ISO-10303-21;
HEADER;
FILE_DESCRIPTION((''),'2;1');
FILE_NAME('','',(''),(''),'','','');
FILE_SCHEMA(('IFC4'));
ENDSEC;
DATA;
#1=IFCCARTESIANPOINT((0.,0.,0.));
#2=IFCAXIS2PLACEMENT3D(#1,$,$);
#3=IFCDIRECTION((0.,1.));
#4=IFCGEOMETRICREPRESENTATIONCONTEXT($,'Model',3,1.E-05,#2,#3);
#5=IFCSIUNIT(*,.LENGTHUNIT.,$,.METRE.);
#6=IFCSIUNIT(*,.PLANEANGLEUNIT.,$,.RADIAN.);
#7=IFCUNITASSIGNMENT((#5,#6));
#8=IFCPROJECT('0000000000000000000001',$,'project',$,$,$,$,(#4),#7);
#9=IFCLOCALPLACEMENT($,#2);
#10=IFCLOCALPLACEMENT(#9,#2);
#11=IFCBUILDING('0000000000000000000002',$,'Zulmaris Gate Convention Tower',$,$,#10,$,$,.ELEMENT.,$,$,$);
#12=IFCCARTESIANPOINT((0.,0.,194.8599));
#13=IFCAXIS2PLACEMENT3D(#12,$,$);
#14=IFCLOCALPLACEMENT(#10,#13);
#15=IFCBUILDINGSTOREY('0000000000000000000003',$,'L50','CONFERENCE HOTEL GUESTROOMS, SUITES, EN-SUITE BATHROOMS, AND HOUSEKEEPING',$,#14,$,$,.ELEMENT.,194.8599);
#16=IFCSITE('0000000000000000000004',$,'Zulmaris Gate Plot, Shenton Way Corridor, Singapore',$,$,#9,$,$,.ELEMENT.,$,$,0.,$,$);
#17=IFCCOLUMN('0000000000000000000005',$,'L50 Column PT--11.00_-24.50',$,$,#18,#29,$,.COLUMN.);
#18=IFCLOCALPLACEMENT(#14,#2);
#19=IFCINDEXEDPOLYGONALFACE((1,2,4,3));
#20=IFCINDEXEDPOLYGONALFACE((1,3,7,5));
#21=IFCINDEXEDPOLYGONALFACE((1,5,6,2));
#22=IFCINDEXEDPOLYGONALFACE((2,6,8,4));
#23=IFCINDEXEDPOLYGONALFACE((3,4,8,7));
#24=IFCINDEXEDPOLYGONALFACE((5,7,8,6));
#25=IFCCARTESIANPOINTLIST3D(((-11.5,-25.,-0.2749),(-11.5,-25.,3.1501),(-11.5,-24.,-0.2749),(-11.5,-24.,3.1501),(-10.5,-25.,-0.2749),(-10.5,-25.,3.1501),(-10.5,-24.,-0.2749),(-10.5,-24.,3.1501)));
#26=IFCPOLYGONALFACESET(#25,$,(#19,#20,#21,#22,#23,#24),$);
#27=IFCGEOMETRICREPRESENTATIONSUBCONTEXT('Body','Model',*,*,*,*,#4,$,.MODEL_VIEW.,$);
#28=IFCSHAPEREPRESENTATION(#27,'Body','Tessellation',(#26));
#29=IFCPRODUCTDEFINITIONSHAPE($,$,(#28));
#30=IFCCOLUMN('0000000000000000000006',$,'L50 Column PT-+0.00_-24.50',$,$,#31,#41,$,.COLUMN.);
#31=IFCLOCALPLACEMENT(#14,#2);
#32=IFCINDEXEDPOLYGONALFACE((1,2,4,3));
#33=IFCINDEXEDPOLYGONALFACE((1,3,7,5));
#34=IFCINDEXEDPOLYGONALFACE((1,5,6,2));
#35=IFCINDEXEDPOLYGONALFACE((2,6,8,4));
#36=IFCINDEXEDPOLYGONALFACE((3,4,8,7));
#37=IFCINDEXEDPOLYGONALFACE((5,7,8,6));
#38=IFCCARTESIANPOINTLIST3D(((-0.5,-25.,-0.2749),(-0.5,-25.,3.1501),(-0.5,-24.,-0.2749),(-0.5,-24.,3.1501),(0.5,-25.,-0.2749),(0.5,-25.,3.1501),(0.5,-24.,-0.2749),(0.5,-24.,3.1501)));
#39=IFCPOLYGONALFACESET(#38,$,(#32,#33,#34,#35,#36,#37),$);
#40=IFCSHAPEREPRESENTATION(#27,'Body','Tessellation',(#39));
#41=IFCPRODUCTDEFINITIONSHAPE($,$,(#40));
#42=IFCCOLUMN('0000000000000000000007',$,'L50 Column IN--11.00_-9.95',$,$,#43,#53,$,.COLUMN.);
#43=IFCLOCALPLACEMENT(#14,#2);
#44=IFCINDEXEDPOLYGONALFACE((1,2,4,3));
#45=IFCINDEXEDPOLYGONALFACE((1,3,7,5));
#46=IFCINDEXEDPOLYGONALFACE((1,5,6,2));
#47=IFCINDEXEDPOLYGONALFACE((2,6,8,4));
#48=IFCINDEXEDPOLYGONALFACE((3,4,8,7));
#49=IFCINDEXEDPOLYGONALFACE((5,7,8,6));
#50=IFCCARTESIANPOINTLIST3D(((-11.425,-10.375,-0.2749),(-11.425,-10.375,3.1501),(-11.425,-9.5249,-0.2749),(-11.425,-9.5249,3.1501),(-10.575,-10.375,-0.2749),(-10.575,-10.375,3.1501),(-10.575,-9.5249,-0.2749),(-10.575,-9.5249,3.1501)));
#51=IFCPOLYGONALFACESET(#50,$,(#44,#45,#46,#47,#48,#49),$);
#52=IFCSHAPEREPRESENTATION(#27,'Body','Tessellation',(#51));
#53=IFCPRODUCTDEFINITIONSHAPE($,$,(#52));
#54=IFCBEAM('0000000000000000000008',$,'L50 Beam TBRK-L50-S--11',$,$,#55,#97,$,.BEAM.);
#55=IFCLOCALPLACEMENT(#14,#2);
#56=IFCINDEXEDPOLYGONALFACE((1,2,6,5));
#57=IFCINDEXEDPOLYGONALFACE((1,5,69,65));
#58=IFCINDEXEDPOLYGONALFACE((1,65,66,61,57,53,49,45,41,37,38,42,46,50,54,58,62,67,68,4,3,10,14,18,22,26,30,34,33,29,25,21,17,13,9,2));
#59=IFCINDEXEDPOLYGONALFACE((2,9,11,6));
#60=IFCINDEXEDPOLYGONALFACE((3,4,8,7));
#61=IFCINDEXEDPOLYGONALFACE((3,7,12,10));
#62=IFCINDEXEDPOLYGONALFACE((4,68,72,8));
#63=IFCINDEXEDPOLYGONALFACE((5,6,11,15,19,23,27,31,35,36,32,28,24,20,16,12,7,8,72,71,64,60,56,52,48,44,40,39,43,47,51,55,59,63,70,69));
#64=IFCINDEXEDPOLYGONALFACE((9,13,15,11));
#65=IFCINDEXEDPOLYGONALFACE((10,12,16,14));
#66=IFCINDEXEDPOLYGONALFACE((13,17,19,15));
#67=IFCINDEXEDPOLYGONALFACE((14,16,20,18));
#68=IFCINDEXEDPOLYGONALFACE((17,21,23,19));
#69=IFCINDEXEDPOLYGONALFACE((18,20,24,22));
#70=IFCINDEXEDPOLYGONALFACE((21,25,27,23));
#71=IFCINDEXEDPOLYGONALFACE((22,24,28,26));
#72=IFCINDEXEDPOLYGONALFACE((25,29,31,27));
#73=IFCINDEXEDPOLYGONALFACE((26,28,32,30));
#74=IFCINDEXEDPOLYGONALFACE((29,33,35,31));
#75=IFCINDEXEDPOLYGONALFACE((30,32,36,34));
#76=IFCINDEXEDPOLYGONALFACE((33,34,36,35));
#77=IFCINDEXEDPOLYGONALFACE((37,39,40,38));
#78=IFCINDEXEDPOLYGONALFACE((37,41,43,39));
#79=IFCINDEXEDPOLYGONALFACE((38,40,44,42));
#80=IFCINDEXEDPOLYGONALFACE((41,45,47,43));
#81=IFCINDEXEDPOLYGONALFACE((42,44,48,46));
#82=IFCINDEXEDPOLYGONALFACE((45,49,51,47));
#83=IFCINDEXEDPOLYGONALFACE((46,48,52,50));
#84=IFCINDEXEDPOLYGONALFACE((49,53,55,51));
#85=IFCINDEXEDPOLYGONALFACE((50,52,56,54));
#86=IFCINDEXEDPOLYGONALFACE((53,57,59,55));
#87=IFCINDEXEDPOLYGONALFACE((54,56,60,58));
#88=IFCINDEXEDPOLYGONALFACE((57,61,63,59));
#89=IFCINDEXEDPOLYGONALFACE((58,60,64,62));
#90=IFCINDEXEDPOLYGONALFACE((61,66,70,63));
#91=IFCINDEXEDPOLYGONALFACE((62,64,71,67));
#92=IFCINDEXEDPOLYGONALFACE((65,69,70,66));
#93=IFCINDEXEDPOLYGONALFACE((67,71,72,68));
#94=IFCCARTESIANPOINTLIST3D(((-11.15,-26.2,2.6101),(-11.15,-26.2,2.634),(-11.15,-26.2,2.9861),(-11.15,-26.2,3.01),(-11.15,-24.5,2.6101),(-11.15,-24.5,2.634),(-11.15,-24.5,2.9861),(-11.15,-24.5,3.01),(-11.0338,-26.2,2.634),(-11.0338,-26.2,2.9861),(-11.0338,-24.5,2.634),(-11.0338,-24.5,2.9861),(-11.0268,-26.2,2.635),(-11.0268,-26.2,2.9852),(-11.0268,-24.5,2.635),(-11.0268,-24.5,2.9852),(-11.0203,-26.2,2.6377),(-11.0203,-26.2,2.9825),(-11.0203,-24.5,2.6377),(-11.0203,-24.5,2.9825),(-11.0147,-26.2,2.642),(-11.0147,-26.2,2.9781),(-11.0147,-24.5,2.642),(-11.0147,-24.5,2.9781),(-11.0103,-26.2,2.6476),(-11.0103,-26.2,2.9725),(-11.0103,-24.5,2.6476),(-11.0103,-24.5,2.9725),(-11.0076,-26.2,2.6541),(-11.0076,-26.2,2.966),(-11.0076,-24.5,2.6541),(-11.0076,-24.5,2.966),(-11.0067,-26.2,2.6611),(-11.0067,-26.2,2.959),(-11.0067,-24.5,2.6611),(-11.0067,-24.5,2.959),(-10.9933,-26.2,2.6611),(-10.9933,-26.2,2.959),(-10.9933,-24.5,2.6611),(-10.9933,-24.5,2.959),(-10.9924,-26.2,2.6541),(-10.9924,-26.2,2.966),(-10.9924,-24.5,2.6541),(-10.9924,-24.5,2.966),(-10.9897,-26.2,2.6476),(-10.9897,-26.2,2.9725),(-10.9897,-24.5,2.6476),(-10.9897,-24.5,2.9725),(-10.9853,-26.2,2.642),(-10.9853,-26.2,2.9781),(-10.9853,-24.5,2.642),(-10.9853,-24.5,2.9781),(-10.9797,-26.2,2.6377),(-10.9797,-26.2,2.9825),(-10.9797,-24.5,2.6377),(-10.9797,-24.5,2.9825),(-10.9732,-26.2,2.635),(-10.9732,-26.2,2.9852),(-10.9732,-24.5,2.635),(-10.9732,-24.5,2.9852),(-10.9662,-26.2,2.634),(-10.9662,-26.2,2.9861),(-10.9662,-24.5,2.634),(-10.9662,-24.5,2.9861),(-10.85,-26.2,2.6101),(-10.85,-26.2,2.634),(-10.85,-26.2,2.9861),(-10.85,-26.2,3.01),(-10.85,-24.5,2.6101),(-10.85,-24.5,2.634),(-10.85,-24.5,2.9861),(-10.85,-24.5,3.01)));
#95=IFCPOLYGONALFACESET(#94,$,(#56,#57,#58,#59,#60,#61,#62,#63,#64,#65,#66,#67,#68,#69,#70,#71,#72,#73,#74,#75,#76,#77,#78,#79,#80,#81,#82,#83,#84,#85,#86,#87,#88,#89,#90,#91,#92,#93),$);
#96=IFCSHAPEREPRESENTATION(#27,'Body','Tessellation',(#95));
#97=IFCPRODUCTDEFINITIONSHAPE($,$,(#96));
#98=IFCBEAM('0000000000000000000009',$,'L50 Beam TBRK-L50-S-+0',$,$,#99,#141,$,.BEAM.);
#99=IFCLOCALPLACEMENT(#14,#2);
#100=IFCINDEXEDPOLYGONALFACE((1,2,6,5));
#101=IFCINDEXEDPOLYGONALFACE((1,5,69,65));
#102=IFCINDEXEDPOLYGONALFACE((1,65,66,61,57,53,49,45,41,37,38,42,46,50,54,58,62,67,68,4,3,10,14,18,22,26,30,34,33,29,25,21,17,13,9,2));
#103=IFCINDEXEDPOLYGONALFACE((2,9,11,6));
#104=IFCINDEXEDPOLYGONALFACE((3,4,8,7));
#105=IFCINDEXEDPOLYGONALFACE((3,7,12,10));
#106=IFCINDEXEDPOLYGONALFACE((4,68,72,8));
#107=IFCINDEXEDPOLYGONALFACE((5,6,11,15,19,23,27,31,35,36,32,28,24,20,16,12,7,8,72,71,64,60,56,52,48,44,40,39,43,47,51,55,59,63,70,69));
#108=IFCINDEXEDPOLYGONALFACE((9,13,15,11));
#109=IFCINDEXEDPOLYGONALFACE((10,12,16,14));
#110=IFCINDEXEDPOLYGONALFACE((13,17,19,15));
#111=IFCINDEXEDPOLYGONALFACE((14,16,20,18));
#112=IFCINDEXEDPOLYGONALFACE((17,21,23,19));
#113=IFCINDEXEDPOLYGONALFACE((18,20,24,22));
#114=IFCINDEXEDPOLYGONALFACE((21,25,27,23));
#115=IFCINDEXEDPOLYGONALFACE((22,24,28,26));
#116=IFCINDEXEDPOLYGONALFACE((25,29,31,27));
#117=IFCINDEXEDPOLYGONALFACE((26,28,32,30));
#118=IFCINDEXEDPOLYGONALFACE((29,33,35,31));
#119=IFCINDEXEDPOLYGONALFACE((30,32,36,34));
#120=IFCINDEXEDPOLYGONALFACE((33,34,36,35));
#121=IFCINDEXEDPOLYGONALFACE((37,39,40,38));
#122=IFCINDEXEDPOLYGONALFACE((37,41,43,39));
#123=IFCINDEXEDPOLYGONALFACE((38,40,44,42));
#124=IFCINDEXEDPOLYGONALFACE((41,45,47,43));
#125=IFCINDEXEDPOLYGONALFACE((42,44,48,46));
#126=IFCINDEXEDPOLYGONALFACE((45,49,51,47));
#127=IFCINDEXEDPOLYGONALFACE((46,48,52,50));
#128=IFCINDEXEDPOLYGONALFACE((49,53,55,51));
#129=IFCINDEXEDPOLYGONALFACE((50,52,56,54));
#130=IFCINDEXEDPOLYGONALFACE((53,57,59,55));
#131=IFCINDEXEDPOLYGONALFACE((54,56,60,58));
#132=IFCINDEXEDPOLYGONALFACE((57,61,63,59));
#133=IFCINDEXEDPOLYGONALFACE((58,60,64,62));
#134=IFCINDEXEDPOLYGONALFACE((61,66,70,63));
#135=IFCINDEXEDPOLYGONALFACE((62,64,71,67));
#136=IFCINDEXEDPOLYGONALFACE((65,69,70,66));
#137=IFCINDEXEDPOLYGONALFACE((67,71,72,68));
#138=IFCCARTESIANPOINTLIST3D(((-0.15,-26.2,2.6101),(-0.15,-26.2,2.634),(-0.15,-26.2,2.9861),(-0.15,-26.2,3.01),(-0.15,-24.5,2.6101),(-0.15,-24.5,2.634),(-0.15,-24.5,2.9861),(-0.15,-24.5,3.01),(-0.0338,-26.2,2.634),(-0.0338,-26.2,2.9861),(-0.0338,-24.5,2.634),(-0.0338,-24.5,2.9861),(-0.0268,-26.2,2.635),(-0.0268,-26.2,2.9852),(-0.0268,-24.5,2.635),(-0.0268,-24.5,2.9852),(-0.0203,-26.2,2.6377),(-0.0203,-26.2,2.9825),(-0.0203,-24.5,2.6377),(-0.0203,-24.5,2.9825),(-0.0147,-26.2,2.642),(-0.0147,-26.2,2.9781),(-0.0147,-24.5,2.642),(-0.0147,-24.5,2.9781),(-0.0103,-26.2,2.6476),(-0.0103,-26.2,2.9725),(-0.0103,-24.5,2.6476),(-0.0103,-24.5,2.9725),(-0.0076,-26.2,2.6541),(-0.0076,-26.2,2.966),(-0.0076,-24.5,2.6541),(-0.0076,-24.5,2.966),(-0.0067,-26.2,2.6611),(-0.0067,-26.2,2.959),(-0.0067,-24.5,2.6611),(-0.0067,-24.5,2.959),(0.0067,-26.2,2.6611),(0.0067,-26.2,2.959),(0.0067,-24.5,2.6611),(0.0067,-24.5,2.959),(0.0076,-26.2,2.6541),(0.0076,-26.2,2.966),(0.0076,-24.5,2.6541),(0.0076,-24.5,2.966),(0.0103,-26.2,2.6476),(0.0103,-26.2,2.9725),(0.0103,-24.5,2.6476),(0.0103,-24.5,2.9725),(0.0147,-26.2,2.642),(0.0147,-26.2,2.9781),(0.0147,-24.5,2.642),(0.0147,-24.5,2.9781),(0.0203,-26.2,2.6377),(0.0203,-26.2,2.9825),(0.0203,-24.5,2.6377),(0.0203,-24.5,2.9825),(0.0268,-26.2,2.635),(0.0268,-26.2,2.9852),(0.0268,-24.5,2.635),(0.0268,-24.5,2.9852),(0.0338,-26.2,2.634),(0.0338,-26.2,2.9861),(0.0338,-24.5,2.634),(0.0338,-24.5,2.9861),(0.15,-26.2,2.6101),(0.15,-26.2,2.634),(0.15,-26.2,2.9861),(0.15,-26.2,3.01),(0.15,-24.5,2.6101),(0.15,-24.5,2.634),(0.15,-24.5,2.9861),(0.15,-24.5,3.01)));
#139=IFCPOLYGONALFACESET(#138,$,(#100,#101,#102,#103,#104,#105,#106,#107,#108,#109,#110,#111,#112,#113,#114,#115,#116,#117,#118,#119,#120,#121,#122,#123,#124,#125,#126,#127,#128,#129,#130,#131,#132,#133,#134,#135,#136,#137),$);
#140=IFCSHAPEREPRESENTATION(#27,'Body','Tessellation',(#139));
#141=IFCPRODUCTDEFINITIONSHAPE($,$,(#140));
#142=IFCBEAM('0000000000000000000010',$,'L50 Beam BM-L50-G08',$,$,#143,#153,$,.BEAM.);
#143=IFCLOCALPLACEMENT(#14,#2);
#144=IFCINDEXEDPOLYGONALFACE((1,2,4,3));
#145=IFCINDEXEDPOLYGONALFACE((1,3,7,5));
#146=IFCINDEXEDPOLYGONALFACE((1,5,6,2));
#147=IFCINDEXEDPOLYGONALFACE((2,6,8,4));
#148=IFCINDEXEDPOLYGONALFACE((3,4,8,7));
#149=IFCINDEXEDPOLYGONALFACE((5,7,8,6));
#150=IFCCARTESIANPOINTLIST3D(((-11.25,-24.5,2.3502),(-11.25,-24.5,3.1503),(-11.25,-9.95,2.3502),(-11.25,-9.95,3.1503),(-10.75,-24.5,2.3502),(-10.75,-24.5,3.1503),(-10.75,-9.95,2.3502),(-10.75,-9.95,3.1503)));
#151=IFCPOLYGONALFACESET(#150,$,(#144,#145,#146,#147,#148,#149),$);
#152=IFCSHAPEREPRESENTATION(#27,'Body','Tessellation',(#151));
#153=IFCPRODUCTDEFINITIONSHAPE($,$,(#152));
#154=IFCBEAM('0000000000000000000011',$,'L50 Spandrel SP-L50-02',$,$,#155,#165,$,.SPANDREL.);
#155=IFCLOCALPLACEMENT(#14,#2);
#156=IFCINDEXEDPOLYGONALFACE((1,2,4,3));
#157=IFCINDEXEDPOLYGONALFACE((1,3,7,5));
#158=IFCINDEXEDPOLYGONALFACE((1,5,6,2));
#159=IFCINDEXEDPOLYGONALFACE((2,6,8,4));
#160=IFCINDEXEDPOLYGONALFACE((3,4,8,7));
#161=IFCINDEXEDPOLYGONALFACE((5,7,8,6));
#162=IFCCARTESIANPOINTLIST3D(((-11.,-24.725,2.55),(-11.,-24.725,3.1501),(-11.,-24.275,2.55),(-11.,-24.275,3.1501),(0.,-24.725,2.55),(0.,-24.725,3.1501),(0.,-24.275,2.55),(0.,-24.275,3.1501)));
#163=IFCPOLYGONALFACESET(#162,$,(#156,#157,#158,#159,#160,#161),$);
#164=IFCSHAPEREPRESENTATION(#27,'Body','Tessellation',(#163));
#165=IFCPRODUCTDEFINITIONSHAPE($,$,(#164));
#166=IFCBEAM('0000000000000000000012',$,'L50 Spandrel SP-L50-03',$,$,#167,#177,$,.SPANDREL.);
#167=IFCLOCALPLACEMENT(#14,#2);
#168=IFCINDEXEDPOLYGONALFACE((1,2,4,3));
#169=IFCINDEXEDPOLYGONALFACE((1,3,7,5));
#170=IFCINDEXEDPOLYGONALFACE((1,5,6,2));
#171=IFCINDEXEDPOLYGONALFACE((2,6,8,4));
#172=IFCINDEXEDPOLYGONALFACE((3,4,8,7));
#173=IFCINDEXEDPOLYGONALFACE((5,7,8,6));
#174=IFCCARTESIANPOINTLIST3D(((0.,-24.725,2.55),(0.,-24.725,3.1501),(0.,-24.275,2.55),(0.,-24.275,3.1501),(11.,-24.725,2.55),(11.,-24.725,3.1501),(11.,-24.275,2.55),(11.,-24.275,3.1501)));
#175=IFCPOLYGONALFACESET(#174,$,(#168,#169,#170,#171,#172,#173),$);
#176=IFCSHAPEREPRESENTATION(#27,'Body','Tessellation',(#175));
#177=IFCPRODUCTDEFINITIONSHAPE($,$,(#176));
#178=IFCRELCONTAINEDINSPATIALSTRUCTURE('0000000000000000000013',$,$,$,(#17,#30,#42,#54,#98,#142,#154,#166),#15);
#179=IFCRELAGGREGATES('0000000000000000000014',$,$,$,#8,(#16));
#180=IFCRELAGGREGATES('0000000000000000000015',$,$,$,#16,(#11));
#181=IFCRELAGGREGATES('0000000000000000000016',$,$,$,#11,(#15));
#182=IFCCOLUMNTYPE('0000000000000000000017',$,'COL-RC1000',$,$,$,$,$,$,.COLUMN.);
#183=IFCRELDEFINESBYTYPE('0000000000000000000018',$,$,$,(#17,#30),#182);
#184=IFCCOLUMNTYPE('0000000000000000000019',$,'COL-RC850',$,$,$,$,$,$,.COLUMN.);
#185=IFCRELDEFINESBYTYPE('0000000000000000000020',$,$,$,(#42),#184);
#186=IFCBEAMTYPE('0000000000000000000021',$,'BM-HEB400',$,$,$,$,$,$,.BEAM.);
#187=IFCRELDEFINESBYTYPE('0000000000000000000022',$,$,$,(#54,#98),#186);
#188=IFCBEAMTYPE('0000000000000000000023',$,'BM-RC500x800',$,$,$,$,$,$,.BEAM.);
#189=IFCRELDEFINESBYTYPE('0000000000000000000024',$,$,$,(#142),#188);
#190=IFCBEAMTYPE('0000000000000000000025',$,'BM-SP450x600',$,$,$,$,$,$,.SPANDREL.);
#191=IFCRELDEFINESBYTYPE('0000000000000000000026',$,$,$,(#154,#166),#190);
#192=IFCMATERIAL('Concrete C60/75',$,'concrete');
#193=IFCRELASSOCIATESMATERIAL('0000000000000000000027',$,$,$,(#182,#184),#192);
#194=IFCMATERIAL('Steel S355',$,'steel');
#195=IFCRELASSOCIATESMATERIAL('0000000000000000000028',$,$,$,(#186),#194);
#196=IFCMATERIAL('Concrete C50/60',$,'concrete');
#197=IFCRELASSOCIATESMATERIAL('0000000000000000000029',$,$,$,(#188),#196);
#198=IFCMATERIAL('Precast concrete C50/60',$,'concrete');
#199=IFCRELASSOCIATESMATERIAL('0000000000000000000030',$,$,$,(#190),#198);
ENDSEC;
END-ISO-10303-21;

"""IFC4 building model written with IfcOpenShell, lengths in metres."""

from ifc_helpers import new_model, si_unit, direction, frame, origin, origin_2d, place, context, subcontext, project, spatial, rectangle, i_section, extrude, material, material_profile, profile_set, type_object, element, save


model = new_model("IFC4")

# Units and contexts
model_context = context("Model", 3, precision=1e-05, world=origin(), true_north=direction((0.0, 1.0)))
body_context = subcontext(model_context, "Body", "Model", "MODEL_VIEW")
ifc_project = project(units=[si_unit("LENGTHUNIT", "METRE"), si_unit("PLANEANGLEUNIT", "RADIAN")], contexts=[model_context])

# Site, building, storey
site_placement = place(None, origin())
site = spatial("IfcSite", under=ifc_project, at=site_placement, Name="Zulmaris Gate Plot, Shenton Way Corridor, Singapore", CompositionType="ELEMENT", RefElevation=0.0)
building_placement = place(site_placement, origin())
building = spatial("IfcBuilding", under=site, at=building_placement, Name="Zulmaris Gate Convention Tower", CompositionType="ELEMENT")
storey_placement = place(building_placement, frame((0.0, 0.0, 194.8599)))
storey = spatial("IfcBuildingStorey", under=building, at=storey_placement, Name="L50", Description="CONFERENCE HOTEL GUESTROOMS, SUITES, EN-SUITE BATHROOMS, AND HOUSEKEEPING", CompositionType="ELEMENT", Elevation=194.8599)

# Columns
ifc_material_1 = material(Name="Concrete C60/75", Category="concrete")
ifc_material_profile_1 = material_profile(ifc_material_1, rectangle(XDim=1.0, YDim=1.0, at=origin_2d()), Name="RC COL 1000x1000")
ifc_profile_set_1 = profile_set([ifc_material_profile_1], Name="Concrete C60/75")
column_type_1 = type_object("IfcColumnType", Name="COL-RC1000", PredefinedType="COLUMN", material=ifc_profile_set_1)
for number, where, z_axis, x_axis, name in (
    (1, (-11.0, -24.5, -0.2749), (0.0, 0.0, 1.0), (1.0, 0.0, 0.0), "L50 Column PT--11.00_-24.50"),
    (2, (0.0, -24.5, -0.2749), (0.0, 0.0, 1.0), (1.0, 0.0, 0.0), "L50 Column PT-+0.00_-24.50"),
):
    element("IfcColumn", number, at=place(storey_placement, frame(where, z_axis=z_axis, x_axis=x_axis)), inside=storey, type_object=column_type_1, Name=name, PredefinedType="COLUMN", context=body_context, shape_type="SweptSolid", body=[
        extrude(rectangle(XDim=1.0, YDim=1.0, at=origin_2d()), origin(), (0.0, 0.0, 1.0), 3.425),
    ])
ifc_material_profile_2 = material_profile(ifc_material_1, rectangle(XDim=0.8501, YDim=0.8501, at=origin_2d()), Name="RC COL 850x850")
ifc_profile_set_2 = profile_set([ifc_material_profile_2], Name="Concrete C60/75")
column_type_2 = type_object("IfcColumnType", Name="COL-RC850", PredefinedType="COLUMN", material=ifc_profile_set_2)
column_placement = place(storey_placement, frame((-11.0, -9.95, -0.2749), z_axis=(0.0, 0.0, 1.0), x_axis=(1.0, 0.0, 0.0)))
element("IfcColumn", 3, at=column_placement, inside=storey, type_object=column_type_2, Name="L50 Column IN--11.00_-9.95", PredefinedType="COLUMN", context=body_context, shape_type="SweptSolid", body=[
    extrude(rectangle(XDim=0.8501, YDim=0.8501, at=origin_2d()), origin(), (0.0, 0.0, 1.0), 3.425),
])

# Beams
ifc_material_2 = material(Name="Steel S355", Category="steel")
ifc_material_profile_3 = material_profile(ifc_material_2, i_section(OverallWidth=0.3, OverallDepth=0.3999, WebThickness=0.0134, FlangeThickness=0.0239, FilletRadius=0.0271, at=origin_2d()), Name="HEB 400")
ifc_profile_set_3 = profile_set([ifc_material_profile_3], Name="Steel S355")
beam_type_1 = type_object("IfcBeamType", Name="BM-HEB400", PredefinedType="BEAM", material=ifc_profile_set_3)
for number, where, z_axis, x_axis, name in (
    (4, (-11.0, -26.2, 2.8101), (0.0, 1.0, 0.0), (-1.0, 0.0, 0.0), "L50 Beam TBRK-L50-S--11"),
    (5, (0.0, -26.2, 2.8101), (0.0, 1.0, 0.0), (-1.0, 0.0, 0.0), "L50 Beam TBRK-L50-S-+0"),
):
    element("IfcBeam", number, at=place(storey_placement, frame(where, z_axis=z_axis, x_axis=x_axis)), inside=storey, type_object=beam_type_1, Name=name, PredefinedType="BEAM", context=body_context, shape_type="SweptSolid", body=[
        extrude(i_section(OverallWidth=0.3, OverallDepth=0.3999, WebThickness=0.0134, FlangeThickness=0.0239, FilletRadius=0.0271, at=origin_2d()), origin(), (0.0, 0.0, 1.0), 1.7),
    ])
ifc_material_3 = material(Name="Concrete C50/60", Category="concrete")
ifc_material_profile_4 = material_profile(ifc_material_3, rectangle(XDim=0.5, YDim=0.8, at=origin_2d()), Name="RC BEAM 500x800")
ifc_profile_set_4 = profile_set([ifc_material_profile_4], Name="Concrete C50/60")
beam_type_2 = type_object("IfcBeamType", Name="BM-RC500x800", PredefinedType="BEAM", material=ifc_profile_set_4)
beam_placement = place(storey_placement, frame((-11.0, -24.5, 2.7502), z_axis=(0.0, 1.0, 0.0), x_axis=(-1.0, 0.0, 0.0)))
element("IfcBeam", 6, at=beam_placement, inside=storey, type_object=beam_type_2, Name="L50 Beam BM-L50-G08", PredefinedType="BEAM", context=body_context, shape_type="SweptSolid", body=[
    extrude(rectangle(XDim=0.5, YDim=0.8, at=origin_2d()), origin(), (0.0, 0.0, 1.0), 14.55),
])
ifc_material_4 = material(Name="Precast concrete C50/60", Category="concrete")
ifc_material_profile_5 = material_profile(ifc_material_4, rectangle(XDim=0.45, YDim=0.6001, at=origin_2d()), Name="RC SPANDREL 450x600")
ifc_profile_set_5 = profile_set([ifc_material_profile_5], Name="Precast concrete C50/60")
beam_type_3 = type_object("IfcBeamType", Name="BM-SP450x600", PredefinedType="SPANDREL", material=ifc_profile_set_5)
for number, where, z_axis, x_axis, name in (
    (7, (-11.0, -24.5, 2.8501), (1.0, 0.0, 0.0), (0.0, 1.0, 0.0), "L50 Spandrel SP-L50-02"),
    (8, (0.0, -24.5, 2.8501), (1.0, 0.0, 0.0), (0.0, 1.0, 0.0), "L50 Spandrel SP-L50-03"),
):
    element("IfcBeam", number, at=place(storey_placement, frame(where, z_axis=z_axis, x_axis=x_axis)), inside=storey, type_object=beam_type_3, Name=name, PredefinedType="SPANDREL", context=body_context, shape_type="SweptSolid", body=[
        extrude(rectangle(XDim=0.45, YDim=0.6001, at=origin_2d()), origin(), (0.0, 0.0, 1.0), 11.0),
    ])

save(model, "model.ifc")
